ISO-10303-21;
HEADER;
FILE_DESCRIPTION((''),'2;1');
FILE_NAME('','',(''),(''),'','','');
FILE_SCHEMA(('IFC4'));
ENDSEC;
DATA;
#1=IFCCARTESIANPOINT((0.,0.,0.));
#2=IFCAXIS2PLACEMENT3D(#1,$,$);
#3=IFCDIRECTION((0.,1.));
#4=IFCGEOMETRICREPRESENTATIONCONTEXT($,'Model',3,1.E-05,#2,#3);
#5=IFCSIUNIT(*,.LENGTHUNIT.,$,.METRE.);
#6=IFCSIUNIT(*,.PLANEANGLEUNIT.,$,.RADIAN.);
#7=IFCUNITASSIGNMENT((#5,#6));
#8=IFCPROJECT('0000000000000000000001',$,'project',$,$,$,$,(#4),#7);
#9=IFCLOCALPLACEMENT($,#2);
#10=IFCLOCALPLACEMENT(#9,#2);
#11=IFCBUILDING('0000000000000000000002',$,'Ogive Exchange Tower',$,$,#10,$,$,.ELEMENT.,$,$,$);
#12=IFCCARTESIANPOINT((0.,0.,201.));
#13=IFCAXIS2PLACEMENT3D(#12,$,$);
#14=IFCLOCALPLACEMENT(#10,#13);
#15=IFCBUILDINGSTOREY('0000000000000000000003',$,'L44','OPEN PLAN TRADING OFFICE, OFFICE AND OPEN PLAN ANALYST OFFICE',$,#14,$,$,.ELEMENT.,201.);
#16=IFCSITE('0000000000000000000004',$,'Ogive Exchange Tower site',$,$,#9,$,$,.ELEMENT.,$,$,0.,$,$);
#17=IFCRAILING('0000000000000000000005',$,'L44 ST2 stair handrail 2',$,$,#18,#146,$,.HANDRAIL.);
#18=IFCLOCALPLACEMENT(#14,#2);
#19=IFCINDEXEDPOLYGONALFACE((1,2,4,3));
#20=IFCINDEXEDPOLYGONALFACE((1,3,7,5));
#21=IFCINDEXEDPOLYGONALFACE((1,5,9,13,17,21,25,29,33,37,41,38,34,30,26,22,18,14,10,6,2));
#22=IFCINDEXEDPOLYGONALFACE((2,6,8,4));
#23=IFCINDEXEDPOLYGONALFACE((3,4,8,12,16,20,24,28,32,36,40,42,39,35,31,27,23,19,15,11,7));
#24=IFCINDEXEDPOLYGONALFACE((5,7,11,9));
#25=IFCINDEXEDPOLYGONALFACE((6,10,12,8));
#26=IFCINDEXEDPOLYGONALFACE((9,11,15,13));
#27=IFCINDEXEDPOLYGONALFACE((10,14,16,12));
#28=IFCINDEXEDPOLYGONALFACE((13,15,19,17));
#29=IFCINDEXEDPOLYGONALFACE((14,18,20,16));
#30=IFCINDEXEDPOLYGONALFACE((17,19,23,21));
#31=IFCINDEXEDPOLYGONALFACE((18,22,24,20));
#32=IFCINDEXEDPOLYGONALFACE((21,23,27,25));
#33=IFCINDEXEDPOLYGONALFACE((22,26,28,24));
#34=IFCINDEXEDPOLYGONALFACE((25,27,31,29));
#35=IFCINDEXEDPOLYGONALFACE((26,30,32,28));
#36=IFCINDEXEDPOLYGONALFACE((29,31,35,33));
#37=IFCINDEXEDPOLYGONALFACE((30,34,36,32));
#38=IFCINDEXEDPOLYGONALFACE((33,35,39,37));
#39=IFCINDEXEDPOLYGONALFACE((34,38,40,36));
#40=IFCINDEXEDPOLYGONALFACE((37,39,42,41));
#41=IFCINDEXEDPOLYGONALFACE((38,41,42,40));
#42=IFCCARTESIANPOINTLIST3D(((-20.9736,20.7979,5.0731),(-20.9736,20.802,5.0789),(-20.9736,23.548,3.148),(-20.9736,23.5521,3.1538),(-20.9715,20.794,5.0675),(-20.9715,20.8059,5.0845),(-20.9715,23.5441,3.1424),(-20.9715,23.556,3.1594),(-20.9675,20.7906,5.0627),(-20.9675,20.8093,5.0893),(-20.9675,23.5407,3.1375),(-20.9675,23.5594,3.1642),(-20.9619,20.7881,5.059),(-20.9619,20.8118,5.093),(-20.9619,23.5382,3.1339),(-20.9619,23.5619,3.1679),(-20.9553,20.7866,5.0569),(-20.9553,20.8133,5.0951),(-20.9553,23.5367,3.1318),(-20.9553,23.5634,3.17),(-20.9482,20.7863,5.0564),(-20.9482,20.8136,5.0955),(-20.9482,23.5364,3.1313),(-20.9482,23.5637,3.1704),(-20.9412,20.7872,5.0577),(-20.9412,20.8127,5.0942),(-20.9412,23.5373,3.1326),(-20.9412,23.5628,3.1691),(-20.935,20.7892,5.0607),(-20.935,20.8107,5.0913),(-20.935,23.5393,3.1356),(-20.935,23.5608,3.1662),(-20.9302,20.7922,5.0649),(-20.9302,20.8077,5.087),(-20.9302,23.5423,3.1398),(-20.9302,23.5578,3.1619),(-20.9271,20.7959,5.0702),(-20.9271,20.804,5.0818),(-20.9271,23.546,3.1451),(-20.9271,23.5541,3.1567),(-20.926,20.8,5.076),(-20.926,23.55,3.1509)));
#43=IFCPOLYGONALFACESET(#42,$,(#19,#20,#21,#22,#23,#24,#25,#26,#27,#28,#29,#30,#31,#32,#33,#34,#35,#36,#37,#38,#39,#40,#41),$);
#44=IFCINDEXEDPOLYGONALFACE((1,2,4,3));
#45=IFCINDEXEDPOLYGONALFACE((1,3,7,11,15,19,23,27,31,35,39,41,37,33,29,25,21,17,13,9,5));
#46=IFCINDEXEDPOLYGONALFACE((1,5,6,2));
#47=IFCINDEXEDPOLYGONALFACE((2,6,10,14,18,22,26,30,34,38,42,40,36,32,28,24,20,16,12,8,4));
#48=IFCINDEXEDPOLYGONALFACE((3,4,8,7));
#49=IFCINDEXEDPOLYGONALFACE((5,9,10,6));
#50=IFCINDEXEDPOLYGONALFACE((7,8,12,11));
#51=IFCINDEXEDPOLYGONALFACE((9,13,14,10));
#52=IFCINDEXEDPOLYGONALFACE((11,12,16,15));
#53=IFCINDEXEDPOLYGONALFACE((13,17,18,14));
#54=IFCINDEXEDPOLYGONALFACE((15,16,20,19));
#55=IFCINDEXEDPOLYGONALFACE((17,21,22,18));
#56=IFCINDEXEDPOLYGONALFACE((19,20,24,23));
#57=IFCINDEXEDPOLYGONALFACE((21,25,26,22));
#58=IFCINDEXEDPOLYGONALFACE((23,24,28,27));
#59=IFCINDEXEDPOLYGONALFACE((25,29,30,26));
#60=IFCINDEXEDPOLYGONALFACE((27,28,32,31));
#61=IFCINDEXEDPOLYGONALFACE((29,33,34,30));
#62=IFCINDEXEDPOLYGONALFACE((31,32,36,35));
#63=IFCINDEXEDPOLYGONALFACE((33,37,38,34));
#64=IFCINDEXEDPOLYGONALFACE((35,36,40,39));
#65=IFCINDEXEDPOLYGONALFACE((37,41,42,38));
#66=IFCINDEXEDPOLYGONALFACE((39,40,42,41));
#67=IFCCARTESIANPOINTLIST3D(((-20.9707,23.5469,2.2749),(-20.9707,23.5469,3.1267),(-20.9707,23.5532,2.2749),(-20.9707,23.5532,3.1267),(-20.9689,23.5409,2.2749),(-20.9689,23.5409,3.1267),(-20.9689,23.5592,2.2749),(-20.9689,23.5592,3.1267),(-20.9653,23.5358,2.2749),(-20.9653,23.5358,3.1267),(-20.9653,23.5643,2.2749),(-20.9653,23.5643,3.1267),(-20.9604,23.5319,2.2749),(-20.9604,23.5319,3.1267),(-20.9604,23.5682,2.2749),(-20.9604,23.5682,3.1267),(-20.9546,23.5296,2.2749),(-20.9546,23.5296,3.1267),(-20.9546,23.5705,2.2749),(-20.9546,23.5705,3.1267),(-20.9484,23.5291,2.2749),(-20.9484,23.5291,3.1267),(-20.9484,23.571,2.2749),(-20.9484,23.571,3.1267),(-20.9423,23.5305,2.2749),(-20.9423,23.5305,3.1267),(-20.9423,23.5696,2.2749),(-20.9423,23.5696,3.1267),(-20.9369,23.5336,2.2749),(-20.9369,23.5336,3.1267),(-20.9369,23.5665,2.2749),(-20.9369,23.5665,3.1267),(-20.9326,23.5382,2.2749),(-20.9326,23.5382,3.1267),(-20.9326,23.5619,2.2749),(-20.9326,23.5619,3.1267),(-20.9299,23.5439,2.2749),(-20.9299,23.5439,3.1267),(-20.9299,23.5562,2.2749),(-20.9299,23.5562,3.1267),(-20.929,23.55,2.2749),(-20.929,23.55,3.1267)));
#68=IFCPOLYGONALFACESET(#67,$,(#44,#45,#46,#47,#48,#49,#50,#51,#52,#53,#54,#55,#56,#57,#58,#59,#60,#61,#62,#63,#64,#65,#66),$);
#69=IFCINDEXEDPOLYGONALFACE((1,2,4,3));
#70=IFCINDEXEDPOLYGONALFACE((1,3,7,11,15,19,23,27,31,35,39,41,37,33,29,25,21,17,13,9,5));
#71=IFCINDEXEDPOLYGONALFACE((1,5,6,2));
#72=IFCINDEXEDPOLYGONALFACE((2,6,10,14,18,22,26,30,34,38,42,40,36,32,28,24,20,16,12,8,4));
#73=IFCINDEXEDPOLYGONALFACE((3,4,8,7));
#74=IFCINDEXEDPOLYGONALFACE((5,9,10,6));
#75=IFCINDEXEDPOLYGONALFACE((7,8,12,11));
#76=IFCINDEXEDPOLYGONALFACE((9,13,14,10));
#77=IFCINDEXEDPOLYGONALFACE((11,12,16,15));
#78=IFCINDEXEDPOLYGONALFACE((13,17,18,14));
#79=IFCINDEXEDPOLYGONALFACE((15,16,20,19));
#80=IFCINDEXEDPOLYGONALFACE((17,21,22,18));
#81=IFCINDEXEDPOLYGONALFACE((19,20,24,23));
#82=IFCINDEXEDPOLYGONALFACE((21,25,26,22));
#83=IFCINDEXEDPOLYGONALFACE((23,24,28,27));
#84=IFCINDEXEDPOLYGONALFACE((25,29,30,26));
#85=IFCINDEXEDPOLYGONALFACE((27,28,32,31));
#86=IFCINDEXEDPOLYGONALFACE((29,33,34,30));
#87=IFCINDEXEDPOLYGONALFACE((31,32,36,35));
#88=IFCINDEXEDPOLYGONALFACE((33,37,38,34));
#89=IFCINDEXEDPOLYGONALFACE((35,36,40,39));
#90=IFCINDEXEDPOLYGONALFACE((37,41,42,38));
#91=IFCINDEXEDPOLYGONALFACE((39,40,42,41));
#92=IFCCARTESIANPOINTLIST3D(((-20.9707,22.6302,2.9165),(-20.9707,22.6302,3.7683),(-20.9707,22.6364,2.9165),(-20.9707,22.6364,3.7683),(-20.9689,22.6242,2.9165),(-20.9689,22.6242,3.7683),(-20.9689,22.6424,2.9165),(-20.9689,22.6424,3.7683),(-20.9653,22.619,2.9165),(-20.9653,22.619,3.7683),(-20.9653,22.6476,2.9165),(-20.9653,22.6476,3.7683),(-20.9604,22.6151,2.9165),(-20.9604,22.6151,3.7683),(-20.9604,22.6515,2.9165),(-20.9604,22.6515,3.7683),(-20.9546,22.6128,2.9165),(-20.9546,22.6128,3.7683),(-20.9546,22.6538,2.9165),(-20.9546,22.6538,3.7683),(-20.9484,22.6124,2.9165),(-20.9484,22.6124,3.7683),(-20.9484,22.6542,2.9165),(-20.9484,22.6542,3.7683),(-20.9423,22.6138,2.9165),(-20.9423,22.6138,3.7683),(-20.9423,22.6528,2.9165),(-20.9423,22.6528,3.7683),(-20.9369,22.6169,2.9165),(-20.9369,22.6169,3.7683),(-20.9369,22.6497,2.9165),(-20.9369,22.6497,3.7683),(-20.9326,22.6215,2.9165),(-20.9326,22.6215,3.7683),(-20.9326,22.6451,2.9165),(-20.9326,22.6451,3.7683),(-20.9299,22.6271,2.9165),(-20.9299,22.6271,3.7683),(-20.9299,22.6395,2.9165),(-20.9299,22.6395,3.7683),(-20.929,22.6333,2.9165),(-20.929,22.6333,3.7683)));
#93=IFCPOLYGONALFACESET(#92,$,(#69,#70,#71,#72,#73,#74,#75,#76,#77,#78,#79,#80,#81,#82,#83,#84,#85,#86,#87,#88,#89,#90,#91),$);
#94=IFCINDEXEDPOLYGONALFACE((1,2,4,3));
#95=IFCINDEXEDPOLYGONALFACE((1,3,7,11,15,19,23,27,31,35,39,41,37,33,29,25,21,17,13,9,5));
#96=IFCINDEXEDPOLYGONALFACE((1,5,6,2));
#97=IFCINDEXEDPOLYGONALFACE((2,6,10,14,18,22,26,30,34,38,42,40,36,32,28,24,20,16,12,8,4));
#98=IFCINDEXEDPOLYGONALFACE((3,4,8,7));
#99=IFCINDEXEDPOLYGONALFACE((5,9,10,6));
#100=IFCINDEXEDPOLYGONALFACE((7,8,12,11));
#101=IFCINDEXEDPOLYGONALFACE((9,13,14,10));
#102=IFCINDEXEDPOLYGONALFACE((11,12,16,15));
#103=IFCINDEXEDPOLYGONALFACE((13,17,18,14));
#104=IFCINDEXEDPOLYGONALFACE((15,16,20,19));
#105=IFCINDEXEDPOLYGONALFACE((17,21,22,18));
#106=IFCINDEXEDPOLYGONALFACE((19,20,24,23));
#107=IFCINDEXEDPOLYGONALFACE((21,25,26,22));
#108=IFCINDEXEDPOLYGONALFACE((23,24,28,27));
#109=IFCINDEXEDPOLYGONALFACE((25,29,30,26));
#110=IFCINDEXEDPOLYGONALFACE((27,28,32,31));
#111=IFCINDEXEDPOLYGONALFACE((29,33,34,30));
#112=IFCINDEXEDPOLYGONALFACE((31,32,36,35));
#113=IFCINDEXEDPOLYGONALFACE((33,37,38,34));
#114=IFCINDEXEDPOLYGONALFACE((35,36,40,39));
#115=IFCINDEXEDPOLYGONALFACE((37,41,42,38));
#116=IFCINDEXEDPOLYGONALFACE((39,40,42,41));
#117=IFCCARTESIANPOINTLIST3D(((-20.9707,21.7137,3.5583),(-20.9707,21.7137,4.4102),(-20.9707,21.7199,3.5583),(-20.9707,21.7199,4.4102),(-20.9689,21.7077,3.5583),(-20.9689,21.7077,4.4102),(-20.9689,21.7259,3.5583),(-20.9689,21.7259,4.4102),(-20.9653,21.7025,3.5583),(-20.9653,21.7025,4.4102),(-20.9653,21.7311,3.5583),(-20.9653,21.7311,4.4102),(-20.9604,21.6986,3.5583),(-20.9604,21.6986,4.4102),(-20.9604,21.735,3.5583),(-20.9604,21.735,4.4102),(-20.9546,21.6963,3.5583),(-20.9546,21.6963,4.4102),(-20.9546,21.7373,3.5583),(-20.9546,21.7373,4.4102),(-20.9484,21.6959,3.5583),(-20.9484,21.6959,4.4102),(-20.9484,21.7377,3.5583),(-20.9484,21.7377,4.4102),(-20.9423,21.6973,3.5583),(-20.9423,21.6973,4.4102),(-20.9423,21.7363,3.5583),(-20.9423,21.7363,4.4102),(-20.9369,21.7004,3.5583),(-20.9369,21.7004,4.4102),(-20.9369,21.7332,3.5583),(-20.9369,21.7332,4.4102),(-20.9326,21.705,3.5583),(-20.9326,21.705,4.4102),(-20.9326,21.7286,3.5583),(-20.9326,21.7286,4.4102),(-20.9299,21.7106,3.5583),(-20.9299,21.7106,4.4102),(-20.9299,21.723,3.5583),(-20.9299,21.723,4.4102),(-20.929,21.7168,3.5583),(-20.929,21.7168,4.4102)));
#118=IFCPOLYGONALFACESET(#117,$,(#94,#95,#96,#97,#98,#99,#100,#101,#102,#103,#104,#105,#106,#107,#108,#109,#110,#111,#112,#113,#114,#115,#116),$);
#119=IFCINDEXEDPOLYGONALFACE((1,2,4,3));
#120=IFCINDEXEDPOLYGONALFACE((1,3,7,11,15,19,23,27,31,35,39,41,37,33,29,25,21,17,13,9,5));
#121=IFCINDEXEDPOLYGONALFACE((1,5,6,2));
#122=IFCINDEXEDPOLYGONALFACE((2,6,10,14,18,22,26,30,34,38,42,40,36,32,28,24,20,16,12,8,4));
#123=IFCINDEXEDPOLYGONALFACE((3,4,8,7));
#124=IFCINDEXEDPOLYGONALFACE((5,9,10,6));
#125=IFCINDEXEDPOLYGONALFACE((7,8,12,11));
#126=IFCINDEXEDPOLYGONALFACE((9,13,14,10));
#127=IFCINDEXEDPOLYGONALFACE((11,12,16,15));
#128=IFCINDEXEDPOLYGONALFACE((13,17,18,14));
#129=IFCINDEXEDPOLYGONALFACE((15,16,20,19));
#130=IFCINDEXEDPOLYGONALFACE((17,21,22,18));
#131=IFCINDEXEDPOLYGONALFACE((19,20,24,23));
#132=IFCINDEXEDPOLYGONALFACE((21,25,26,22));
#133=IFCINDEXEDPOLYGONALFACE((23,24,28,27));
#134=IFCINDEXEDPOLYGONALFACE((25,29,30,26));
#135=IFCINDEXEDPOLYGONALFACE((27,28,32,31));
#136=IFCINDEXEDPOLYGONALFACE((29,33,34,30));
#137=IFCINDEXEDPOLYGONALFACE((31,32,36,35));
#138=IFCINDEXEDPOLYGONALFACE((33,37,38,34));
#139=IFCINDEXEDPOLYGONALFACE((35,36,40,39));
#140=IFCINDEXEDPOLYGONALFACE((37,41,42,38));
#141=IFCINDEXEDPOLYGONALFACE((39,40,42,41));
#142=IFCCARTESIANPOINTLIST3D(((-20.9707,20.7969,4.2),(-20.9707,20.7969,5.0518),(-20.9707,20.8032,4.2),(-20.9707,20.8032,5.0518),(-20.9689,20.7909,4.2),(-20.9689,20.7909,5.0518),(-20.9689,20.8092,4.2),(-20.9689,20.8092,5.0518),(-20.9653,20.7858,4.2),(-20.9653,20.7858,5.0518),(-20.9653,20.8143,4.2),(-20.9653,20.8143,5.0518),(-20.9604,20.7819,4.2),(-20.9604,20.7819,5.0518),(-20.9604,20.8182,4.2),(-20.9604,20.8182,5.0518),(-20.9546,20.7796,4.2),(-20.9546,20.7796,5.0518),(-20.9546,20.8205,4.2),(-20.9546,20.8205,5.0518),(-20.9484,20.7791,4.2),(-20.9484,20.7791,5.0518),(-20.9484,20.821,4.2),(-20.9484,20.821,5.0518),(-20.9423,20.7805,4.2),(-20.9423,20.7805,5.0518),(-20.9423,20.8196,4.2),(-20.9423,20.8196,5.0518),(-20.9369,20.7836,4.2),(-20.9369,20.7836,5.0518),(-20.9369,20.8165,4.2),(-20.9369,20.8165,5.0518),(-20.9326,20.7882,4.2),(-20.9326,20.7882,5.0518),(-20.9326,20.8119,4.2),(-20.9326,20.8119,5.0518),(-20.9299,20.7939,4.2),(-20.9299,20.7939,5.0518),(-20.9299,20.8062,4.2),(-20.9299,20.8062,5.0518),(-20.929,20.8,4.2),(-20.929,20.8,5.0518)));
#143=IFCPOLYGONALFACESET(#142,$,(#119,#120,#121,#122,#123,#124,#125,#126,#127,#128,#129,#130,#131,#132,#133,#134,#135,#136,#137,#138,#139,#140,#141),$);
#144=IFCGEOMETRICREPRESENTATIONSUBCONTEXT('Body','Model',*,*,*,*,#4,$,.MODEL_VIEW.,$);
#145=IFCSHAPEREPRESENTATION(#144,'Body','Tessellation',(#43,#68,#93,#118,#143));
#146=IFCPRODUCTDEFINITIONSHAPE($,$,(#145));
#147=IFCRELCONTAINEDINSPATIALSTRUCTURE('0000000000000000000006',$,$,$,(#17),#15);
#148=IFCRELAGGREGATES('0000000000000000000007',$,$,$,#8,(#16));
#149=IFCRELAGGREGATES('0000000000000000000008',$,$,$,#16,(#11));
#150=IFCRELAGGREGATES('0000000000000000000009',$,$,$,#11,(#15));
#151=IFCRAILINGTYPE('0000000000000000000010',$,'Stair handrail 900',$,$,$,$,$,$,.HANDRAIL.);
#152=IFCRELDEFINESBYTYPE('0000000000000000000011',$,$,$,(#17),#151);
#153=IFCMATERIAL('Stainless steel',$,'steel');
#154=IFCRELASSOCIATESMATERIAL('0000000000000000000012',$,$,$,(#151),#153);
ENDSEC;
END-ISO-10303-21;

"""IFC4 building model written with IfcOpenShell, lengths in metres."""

from ifc_helpers import new_model, si_unit, direction, frame, origin, origin_2d, place, context, subcontext, project, spatial, circle, extrude, material, type_object, element, save


model = new_model("IFC4")

# Units and contexts
model_context = context("Model", 3, precision=1e-05, world=origin(), true_north=direction((0.0, 1.0)))
body_context = subcontext(model_context, "Body", "Model", "MODEL_VIEW")
ifc_project = project(units=[si_unit("LENGTHUNIT", "METRE"), si_unit("PLANEANGLEUNIT", "RADIAN")], contexts=[model_context])

# Site, building, storey
site_placement = place(None, origin())
site = spatial("IfcSite", under=ifc_project, at=site_placement, Name="Ogive Exchange Tower site", CompositionType="ELEMENT", RefElevation=0.0)
building_placement = place(site_placement, origin())
building = spatial("IfcBuilding", under=site, at=building_placement, Name="Ogive Exchange Tower", CompositionType="ELEMENT")
storey_placement = place(building_placement, frame((0.0, 0.0, 201.0)))
storey = spatial("IfcBuildingStorey", under=building, at=storey_placement, Name="L44", Description="OPEN PLAN TRADING OFFICE, OFFICE AND OPEN PLAN ANALYST OFFICE", CompositionType="ELEMENT", Elevation=201.0)

# Railing
ifc_material_1 = material(Name="Stainless steel", Category="steel")
railing_type = type_object("IfcRailingType", Name="Stair handrail 900", PredefinedType="HANDRAIL", material=ifc_material_1)
railing_1_placement = place(storey_placement, frame((-20.95, 23.55, 2.2749)))
element("IfcRailing", 1, at=railing_1_placement, inside=storey, type_object=railing_type, Name="L44 ST2 stair handrail 2", PredefinedType="HANDRAIL", context=body_context, shape_type="SweptSolid", body=[
    extrude(circle(Radius=0.0239, at=origin_2d()), frame((0.0, 0.0, 0.876), z_axis=(0.0, -0.819225, 0.573472), x_axis=(1.0, 0.0, 0.0)), (0.0, 0.0, 1.0), 3.3569),
    extrude(circle(Radius=0.021, at=origin_2d()), origin(), (0.0, 0.0, 1.0), 0.8518),
    extrude(circle(Radius=0.021, at=origin_2d()), frame((0.0, -0.9167, 0.6416)), (0.0, 0.0, 1.0), 0.8518),
    extrude(circle(Radius=0.021, at=origin_2d()), frame((0.0, -1.8333, 1.2834)), (0.0, 0.0, 1.0), 0.8518),
    extrude(circle(Radius=0.021, at=origin_2d()), frame((0.0, -2.75, 1.925)), (0.0, 0.0, 1.0), 0.8518),
])

save(model, "model.ifc")
